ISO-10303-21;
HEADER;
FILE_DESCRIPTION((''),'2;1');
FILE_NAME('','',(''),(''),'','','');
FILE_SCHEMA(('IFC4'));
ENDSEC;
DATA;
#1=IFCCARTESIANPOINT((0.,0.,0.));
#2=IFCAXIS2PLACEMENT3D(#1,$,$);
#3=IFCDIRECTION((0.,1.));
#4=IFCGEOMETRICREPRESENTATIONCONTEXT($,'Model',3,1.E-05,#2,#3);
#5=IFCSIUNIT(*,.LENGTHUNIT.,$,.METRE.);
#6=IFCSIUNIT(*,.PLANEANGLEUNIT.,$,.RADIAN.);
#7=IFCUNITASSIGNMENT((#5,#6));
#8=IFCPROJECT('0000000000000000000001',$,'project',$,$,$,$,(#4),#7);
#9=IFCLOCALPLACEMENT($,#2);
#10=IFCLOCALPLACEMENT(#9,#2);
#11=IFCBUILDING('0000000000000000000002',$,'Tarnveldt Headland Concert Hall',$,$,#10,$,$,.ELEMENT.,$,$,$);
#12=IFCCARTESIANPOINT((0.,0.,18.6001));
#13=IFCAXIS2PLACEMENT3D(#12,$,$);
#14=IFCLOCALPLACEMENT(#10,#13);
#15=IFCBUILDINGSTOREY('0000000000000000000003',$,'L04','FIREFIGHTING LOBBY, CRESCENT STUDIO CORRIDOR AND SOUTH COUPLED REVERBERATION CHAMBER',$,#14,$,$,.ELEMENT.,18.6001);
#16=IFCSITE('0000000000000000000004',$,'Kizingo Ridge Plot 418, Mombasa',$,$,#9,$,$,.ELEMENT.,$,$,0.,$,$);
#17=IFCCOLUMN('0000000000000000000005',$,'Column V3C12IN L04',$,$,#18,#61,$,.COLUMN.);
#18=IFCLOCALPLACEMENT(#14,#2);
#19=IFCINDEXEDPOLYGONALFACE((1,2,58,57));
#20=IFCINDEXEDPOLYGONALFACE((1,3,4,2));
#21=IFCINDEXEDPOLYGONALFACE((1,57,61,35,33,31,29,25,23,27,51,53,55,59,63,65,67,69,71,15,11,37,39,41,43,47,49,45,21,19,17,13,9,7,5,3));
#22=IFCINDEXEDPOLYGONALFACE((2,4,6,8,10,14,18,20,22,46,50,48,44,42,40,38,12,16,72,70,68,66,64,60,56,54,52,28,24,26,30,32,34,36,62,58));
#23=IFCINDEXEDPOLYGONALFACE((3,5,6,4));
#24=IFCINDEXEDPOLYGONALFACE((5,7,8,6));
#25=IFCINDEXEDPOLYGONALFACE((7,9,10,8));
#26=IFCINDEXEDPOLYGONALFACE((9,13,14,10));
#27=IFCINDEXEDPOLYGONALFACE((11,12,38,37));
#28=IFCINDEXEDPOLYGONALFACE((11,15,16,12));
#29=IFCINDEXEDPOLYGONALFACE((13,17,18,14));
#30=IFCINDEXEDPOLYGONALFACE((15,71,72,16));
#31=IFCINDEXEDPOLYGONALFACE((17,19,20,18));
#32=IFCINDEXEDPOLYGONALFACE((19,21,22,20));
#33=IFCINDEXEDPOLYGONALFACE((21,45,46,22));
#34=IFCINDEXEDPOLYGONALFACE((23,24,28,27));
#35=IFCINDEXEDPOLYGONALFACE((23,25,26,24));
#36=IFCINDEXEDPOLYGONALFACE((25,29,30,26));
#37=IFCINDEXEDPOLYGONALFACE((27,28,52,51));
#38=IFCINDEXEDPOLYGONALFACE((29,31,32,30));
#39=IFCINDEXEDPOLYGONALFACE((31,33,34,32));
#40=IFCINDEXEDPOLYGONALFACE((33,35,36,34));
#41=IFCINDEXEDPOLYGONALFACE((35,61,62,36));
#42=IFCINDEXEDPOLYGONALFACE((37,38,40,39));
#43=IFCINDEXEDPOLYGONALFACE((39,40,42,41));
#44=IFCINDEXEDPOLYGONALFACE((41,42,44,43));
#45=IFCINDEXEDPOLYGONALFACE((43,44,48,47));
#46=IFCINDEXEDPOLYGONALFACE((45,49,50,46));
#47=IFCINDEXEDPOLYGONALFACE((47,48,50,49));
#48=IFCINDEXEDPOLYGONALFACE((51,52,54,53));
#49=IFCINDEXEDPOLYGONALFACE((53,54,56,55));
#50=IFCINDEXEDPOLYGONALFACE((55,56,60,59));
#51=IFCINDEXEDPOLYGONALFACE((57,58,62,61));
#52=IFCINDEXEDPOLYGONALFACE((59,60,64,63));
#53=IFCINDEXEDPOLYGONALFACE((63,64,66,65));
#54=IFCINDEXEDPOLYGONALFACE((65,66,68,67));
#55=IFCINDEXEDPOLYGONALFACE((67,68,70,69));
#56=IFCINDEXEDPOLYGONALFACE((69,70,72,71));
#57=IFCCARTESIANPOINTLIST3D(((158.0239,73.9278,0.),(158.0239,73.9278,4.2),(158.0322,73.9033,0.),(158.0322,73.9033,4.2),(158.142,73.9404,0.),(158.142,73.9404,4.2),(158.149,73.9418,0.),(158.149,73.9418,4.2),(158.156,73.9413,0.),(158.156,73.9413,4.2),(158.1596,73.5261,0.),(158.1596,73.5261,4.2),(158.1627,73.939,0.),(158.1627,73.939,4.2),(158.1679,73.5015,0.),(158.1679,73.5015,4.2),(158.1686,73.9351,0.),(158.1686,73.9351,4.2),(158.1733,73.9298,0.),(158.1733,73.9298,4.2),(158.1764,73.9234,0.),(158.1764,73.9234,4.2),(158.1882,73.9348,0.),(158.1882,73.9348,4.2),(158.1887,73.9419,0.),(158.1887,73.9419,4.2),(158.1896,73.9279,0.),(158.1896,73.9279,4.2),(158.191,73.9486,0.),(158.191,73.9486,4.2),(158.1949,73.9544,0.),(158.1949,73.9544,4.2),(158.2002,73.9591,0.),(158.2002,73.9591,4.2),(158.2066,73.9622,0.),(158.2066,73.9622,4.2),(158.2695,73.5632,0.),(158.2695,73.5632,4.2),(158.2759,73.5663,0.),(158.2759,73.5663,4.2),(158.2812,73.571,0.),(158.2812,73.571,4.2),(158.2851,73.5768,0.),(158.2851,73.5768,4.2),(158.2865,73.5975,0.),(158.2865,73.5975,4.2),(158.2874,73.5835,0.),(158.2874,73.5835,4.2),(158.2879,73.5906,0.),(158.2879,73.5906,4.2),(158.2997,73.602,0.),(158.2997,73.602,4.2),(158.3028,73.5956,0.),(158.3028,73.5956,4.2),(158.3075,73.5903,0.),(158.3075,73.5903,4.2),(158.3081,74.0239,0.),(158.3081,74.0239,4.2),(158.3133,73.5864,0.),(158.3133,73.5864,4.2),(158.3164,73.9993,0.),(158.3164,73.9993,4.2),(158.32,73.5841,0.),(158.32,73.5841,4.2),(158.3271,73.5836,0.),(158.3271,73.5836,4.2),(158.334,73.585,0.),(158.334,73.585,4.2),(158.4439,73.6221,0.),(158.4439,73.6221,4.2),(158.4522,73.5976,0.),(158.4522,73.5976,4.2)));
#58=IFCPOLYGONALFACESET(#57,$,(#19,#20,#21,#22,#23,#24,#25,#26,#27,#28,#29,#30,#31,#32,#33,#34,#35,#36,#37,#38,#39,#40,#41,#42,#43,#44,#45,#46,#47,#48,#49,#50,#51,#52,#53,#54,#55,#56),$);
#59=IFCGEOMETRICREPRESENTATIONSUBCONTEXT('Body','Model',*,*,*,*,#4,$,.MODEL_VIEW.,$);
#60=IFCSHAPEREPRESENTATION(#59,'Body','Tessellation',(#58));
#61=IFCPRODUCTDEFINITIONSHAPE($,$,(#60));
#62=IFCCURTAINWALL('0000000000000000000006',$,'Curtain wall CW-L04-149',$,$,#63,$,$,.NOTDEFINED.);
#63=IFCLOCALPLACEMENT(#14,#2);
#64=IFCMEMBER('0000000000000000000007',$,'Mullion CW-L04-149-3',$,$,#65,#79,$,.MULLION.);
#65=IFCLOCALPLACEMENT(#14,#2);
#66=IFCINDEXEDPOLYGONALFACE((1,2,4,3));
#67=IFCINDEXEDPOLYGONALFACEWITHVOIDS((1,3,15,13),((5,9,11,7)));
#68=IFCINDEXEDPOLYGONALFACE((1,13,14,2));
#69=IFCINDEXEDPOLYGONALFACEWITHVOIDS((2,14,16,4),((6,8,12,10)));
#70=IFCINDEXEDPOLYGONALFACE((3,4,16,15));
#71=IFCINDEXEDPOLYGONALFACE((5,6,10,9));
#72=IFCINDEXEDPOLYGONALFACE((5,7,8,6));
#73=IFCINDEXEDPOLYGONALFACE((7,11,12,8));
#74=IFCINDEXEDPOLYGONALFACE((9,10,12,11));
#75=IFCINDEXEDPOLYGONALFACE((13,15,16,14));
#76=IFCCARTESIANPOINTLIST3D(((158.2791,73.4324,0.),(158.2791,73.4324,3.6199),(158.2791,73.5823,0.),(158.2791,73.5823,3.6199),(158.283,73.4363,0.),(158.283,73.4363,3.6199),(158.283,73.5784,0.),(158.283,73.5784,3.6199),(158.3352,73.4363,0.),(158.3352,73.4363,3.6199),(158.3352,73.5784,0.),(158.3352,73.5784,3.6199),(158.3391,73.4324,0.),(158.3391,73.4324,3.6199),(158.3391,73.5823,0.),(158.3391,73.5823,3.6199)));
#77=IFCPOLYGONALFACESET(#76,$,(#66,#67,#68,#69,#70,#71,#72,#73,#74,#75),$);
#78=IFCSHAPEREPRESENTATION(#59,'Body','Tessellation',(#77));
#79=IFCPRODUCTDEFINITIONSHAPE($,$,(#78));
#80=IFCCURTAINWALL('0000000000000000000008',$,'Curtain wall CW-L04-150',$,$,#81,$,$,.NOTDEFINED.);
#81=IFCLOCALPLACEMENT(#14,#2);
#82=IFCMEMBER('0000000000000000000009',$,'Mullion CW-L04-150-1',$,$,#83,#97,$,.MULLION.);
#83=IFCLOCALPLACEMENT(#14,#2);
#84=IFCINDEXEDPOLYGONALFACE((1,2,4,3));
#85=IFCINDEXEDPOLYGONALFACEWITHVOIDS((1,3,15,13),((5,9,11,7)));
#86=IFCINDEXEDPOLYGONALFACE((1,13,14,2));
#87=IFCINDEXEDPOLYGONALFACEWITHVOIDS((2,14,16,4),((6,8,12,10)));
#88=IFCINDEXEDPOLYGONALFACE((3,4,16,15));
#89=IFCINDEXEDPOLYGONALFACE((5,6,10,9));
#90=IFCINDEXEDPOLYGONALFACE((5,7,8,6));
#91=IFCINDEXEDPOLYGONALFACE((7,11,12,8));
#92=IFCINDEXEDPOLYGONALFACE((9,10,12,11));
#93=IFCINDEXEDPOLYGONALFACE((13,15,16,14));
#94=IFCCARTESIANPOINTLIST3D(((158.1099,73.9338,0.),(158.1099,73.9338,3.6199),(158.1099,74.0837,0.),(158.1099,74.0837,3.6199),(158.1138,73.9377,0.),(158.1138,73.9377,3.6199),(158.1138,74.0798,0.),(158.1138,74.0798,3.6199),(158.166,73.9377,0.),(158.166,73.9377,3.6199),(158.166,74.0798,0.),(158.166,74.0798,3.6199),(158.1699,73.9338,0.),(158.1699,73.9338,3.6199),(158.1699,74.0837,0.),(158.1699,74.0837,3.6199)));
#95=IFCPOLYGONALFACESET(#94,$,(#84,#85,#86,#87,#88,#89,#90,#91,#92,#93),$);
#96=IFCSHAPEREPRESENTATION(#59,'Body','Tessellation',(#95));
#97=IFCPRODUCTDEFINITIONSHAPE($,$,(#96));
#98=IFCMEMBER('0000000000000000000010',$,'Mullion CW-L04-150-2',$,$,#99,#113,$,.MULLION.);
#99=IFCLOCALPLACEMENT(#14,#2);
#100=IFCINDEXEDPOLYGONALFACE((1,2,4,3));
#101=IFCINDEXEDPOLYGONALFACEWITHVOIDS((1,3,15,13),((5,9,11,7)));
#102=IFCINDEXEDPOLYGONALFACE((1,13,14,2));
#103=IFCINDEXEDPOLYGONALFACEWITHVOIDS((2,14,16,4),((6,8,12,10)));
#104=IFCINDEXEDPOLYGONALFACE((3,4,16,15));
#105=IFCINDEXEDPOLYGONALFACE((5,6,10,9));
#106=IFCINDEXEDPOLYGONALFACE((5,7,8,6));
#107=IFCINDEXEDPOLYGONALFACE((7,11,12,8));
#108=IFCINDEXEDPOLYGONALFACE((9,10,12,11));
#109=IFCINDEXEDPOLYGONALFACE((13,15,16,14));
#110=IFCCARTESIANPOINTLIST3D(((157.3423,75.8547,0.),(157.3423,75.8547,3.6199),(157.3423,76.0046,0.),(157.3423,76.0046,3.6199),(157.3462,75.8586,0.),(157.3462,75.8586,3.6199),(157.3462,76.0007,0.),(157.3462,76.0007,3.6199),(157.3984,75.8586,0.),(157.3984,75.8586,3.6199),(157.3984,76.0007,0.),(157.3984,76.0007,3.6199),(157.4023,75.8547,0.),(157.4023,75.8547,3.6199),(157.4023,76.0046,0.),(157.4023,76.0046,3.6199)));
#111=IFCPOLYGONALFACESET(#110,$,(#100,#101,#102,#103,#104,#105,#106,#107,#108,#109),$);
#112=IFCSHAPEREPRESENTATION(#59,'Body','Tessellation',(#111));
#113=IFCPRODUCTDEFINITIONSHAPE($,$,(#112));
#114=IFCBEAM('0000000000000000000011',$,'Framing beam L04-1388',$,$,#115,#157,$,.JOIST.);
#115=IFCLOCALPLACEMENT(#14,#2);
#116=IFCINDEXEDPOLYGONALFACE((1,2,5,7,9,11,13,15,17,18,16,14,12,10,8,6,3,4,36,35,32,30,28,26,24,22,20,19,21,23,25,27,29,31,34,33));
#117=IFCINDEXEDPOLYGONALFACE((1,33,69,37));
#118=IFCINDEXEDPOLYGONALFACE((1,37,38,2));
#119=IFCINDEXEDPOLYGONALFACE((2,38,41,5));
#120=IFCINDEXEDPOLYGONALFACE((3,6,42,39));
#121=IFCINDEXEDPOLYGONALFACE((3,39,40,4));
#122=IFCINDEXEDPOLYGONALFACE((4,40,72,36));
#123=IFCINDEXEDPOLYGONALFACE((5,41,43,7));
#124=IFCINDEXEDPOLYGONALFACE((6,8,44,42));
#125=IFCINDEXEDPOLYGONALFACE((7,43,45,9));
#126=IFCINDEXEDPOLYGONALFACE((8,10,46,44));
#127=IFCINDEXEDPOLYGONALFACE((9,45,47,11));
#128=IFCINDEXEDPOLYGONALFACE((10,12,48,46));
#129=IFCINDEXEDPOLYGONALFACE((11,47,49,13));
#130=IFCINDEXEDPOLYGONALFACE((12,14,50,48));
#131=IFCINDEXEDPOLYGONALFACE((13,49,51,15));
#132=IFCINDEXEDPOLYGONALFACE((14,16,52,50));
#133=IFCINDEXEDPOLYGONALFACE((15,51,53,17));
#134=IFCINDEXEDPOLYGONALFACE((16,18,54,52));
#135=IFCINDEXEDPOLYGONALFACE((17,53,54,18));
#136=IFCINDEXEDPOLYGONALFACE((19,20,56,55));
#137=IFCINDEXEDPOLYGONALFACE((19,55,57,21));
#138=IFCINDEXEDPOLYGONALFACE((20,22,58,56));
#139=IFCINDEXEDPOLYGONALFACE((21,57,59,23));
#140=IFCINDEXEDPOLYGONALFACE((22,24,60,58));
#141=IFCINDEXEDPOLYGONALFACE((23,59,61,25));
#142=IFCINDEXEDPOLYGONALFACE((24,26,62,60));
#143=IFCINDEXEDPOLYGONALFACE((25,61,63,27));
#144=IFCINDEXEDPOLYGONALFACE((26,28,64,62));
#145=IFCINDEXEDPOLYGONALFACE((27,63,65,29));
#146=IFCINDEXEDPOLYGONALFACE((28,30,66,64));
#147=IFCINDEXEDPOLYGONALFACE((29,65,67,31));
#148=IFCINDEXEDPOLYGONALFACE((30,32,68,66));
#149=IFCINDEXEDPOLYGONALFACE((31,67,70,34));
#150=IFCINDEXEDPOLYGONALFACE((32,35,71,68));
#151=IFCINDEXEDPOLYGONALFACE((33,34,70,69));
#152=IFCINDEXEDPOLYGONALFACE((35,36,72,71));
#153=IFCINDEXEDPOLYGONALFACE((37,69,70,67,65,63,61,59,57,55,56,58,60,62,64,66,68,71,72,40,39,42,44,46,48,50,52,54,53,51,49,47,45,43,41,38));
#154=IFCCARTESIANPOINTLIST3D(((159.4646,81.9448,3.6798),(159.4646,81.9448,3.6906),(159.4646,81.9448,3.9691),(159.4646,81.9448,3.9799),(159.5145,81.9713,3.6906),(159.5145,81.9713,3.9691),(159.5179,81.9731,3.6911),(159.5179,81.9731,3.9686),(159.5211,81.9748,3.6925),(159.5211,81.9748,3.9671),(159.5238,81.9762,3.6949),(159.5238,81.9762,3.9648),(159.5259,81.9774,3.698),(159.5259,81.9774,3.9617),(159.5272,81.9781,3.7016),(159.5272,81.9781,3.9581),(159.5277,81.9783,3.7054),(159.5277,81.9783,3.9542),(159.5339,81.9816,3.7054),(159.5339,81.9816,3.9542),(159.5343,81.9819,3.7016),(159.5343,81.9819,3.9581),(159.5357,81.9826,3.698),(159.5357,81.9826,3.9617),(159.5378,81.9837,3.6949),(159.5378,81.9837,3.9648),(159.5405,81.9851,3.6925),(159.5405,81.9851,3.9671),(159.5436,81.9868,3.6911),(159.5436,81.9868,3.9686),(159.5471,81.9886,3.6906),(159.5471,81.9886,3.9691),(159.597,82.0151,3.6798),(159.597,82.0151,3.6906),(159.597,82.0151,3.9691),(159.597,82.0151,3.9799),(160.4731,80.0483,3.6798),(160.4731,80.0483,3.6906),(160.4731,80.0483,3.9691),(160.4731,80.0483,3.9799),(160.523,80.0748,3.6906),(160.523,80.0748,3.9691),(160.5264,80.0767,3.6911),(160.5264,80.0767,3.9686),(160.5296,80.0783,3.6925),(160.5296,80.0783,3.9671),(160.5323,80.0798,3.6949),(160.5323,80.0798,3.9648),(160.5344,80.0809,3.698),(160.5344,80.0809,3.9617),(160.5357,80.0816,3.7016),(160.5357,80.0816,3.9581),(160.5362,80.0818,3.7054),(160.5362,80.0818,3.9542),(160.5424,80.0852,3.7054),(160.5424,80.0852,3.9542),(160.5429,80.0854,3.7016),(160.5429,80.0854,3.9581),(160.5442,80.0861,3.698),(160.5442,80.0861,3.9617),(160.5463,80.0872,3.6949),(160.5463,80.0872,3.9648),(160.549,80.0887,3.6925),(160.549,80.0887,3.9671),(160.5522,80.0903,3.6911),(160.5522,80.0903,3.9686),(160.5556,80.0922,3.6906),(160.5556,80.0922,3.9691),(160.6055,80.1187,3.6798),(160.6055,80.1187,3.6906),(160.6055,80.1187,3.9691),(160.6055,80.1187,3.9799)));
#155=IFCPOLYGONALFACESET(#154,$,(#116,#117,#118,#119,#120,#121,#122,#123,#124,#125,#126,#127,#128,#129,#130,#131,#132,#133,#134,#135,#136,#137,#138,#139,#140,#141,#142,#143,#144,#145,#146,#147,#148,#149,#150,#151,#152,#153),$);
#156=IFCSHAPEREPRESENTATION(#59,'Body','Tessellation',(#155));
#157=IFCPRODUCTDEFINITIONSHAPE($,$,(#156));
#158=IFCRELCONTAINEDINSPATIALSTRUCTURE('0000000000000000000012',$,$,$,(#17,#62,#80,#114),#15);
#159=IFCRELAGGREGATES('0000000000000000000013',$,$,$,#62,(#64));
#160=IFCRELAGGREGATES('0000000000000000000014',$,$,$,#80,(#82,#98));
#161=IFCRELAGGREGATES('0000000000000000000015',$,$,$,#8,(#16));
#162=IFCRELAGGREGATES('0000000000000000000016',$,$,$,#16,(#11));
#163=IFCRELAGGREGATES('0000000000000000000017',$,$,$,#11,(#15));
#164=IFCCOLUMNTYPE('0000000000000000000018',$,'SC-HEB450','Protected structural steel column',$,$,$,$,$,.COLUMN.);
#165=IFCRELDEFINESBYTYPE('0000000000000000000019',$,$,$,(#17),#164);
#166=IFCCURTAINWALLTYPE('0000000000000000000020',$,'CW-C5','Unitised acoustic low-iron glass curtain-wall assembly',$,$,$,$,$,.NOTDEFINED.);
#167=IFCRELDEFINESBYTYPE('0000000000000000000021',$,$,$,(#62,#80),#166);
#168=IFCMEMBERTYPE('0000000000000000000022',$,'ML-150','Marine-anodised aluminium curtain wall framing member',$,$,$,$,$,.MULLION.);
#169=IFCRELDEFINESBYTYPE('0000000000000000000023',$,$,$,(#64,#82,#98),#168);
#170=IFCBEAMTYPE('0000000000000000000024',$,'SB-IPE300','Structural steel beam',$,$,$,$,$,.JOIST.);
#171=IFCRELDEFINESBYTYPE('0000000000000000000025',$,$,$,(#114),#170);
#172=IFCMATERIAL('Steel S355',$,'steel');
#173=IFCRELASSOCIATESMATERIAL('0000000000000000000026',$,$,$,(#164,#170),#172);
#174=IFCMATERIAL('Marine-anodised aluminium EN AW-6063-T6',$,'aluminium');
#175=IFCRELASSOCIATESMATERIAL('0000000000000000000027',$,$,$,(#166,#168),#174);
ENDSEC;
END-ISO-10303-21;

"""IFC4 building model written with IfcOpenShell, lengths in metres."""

from ifc_helpers import new_model, si_unit, direction, frame, origin, origin_2d, place, context, subcontext, project, spatial, hollow_rectangle, i_section, extrude, material, material_profile, profile_set, type_object, element, aggregate, save


model = new_model("IFC4")

# Units and contexts
model_context = context("Model", 3, precision=1e-05, world=origin(), true_north=direction((0.0, 1.0)))
body_context = subcontext(model_context, "Body", "Model", "MODEL_VIEW")
ifc_project = project(units=[si_unit("LENGTHUNIT", "METRE"), si_unit("PLANEANGLEUNIT", "RADIAN")], contexts=[model_context])

# Site, building, storey
site_placement = place(None, origin())
site = spatial("IfcSite", under=ifc_project, at=site_placement, Name="Kizingo Ridge Plot 418, Mombasa", CompositionType="ELEMENT", RefElevation=0.0)
building_placement = place(site_placement, origin())
building = spatial("IfcBuilding", under=site, at=building_placement, Name="Tarnveldt Headland Concert Hall", CompositionType="ELEMENT")
storey_placement = place(building_placement, frame((0.0, 0.0, 18.6001)))
storey = spatial("IfcBuildingStorey", under=building, at=storey_placement, Name="L04", Description="FIREFIGHTING LOBBY, CRESCENT STUDIO CORRIDOR AND SOUTH COUPLED REVERBERATION CHAMBER", CompositionType="ELEMENT", Elevation=18.6001)

# Column
ifc_material_1 = material(Name="Steel S355", Category="steel")
ifc_material_profile_1 = material_profile(ifc_material_1, i_section(OverallWidth=0.3, OverallDepth=0.45, WebThickness=0.0139, FlangeThickness=0.0259, FilletRadius=0.0271, at=origin_2d()), Name="HEB450", Category="steel")
ifc_profile_set_1 = profile_set([ifc_material_profile_1], Name="Steel S355")
column_type = type_object("IfcColumnType", Name="SC-HEB450", Description="Protected structural steel column", PredefinedType="COLUMN", material=ifc_profile_set_1)
column_placement = place(storey_placement, frame((158.238, 73.7627, 0.0), z_axis=(0.0, 0.0, 1.0), x_axis=(0.947378, 0.320117, 0.0)))
element("IfcColumn", 1, at=column_placement, inside=storey, type_object=column_type, Name="Column V3C12IN L04", PredefinedType="COLUMN", context=body_context, shape_type="SweptSolid", body=[
    extrude(i_section(OverallWidth=0.3, OverallDepth=0.45, WebThickness=0.0139, FlangeThickness=0.0259, FilletRadius=0.0271, at=origin_2d()), origin(), (0.0, 0.0, 1.0), 4.2),
])

# Curtain wall, member
ifc_material_2 = material(Name="Marine-anodised aluminium EN AW-6063-T6", Category="aluminium")
curtain_wall_type = type_object("IfcCurtainWallType", Name="CW-C5", Description="Unitised acoustic low-iron glass curtain-wall assembly", PredefinedType="NOTDEFINED", material=ifc_material_2)
curtain_wall_1_placement = place(storey_placement, origin())
curtain_wall_1 = element("IfcCurtainWall", 2, at=curtain_wall_1_placement, inside=storey, type_object=curtain_wall_type, Name="Curtain wall CW-L04-149", PredefinedType="NOTDEFINED")
ifc_material_profile_2 = material_profile(ifc_material_2, hollow_rectangle(XDim=0.0601, YDim=0.1499, WallThickness=0.0039, at=origin_2d()), Name="ALU MULLION 60x150x4", Category="aluminium")
ifc_profile_set_2 = profile_set([ifc_material_profile_2], Name="Marine-anodised aluminium EN AW-6063-T6")
member_type_1 = type_object("IfcMemberType", Name="ML-150", Description="Marine-anodised aluminium curtain wall framing member", PredefinedType="MULLION", material=ifc_profile_set_2)
member_1_placement = place(storey_placement, frame((158.3091, 73.5073, 0.0), z_axis=(0.0, 0.0, 1.0), x_axis=(1.0, 0.0, 0.0)))
member_1 = element("IfcMember", 3, at=member_1_placement, type_object=member_type_1, Name="Mullion CW-L04-149-3", PredefinedType="MULLION", context=body_context, shape_type="SweptSolid", body=[
    extrude(hollow_rectangle(XDim=0.0601, YDim=0.1499, WallThickness=0.0039, at=origin_2d()), origin(), (0.0, 0.0, 1.0), 3.6199),
])

# Curtain wall, members
curtain_wall_2_placement = place(storey_placement, origin())
curtain_wall_2 = element("IfcCurtainWall", 4, at=curtain_wall_2_placement, inside=storey, type_object=curtain_wall_type, Name="Curtain wall CW-L04-150", PredefinedType="NOTDEFINED")
member_2_placement = place(storey_placement, frame((158.1399, 74.0088, 0.0), z_axis=(0.0, 0.0, 1.0), x_axis=(1.0, 0.0, 0.0)))
member_2 = element("IfcMember", 5, at=member_2_placement, type_object=member_type_1, Name="Mullion CW-L04-150-1", PredefinedType="MULLION", context=body_context, shape_type="SweptSolid", body=[
    extrude(hollow_rectangle(XDim=0.0601, YDim=0.1499, WallThickness=0.0039, at=origin_2d()), origin(), (0.0, 0.0, 1.0), 3.6199),
])
member_3_placement = place(storey_placement, frame((157.3723, 75.9297, 0.0), z_axis=(0.0, 0.0, 1.0), x_axis=(1.0, 0.0, 0.0)))
member_3 = element("IfcMember", 6, at=member_3_placement, type_object=member_type_1, Name="Mullion CW-L04-150-2", PredefinedType="MULLION", context=body_context, shape_type="SweptSolid", body=[
    extrude(hollow_rectangle(XDim=0.0601, YDim=0.1499, WallThickness=0.0039, at=origin_2d()), origin(), (0.0, 0.0, 1.0), 3.6199),
])

# Beam
ifc_material_profile_3 = material_profile(ifc_material_1, i_section(OverallWidth=0.1499, OverallDepth=0.3, WebThickness=0.0071, FlangeThickness=0.0107, FilletRadius=0.0149, at=origin_2d()), Name="IPE300", Category="steel")
ifc_profile_set_3 = profile_set([ifc_material_profile_3], Name="Steel S355")
beam_type_1 = type_object("IfcBeamType", Name="SB-IPE300", Description="Structural steel beam", PredefinedType="JOIST", material=ifc_profile_set_3)
beam_1_placement = place(storey_placement, frame((160.5393, 80.0835, 3.8298), z_axis=(-0.469532, 0.882915, 0.0), x_axis=(-0.882915, -0.469532, 0.0)))
element("IfcBeam", 7, at=beam_1_placement, inside=storey, type_object=beam_type_1, Name="Framing beam L04-1388", PredefinedType="JOIST", context=body_context, shape_type="SweptSolid", body=[
    extrude(i_section(OverallWidth=0.1499, OverallDepth=0.3, WebThickness=0.0071, FlangeThickness=0.0107, FilletRadius=0.0149, at=origin_2d()), origin(), (0.0, 0.0, 1.0), 2.1479),
])

aggregate(curtain_wall_1, [member_1])
aggregate(curtain_wall_2, [member_2, member_3])

save(model, "model.ifc")
